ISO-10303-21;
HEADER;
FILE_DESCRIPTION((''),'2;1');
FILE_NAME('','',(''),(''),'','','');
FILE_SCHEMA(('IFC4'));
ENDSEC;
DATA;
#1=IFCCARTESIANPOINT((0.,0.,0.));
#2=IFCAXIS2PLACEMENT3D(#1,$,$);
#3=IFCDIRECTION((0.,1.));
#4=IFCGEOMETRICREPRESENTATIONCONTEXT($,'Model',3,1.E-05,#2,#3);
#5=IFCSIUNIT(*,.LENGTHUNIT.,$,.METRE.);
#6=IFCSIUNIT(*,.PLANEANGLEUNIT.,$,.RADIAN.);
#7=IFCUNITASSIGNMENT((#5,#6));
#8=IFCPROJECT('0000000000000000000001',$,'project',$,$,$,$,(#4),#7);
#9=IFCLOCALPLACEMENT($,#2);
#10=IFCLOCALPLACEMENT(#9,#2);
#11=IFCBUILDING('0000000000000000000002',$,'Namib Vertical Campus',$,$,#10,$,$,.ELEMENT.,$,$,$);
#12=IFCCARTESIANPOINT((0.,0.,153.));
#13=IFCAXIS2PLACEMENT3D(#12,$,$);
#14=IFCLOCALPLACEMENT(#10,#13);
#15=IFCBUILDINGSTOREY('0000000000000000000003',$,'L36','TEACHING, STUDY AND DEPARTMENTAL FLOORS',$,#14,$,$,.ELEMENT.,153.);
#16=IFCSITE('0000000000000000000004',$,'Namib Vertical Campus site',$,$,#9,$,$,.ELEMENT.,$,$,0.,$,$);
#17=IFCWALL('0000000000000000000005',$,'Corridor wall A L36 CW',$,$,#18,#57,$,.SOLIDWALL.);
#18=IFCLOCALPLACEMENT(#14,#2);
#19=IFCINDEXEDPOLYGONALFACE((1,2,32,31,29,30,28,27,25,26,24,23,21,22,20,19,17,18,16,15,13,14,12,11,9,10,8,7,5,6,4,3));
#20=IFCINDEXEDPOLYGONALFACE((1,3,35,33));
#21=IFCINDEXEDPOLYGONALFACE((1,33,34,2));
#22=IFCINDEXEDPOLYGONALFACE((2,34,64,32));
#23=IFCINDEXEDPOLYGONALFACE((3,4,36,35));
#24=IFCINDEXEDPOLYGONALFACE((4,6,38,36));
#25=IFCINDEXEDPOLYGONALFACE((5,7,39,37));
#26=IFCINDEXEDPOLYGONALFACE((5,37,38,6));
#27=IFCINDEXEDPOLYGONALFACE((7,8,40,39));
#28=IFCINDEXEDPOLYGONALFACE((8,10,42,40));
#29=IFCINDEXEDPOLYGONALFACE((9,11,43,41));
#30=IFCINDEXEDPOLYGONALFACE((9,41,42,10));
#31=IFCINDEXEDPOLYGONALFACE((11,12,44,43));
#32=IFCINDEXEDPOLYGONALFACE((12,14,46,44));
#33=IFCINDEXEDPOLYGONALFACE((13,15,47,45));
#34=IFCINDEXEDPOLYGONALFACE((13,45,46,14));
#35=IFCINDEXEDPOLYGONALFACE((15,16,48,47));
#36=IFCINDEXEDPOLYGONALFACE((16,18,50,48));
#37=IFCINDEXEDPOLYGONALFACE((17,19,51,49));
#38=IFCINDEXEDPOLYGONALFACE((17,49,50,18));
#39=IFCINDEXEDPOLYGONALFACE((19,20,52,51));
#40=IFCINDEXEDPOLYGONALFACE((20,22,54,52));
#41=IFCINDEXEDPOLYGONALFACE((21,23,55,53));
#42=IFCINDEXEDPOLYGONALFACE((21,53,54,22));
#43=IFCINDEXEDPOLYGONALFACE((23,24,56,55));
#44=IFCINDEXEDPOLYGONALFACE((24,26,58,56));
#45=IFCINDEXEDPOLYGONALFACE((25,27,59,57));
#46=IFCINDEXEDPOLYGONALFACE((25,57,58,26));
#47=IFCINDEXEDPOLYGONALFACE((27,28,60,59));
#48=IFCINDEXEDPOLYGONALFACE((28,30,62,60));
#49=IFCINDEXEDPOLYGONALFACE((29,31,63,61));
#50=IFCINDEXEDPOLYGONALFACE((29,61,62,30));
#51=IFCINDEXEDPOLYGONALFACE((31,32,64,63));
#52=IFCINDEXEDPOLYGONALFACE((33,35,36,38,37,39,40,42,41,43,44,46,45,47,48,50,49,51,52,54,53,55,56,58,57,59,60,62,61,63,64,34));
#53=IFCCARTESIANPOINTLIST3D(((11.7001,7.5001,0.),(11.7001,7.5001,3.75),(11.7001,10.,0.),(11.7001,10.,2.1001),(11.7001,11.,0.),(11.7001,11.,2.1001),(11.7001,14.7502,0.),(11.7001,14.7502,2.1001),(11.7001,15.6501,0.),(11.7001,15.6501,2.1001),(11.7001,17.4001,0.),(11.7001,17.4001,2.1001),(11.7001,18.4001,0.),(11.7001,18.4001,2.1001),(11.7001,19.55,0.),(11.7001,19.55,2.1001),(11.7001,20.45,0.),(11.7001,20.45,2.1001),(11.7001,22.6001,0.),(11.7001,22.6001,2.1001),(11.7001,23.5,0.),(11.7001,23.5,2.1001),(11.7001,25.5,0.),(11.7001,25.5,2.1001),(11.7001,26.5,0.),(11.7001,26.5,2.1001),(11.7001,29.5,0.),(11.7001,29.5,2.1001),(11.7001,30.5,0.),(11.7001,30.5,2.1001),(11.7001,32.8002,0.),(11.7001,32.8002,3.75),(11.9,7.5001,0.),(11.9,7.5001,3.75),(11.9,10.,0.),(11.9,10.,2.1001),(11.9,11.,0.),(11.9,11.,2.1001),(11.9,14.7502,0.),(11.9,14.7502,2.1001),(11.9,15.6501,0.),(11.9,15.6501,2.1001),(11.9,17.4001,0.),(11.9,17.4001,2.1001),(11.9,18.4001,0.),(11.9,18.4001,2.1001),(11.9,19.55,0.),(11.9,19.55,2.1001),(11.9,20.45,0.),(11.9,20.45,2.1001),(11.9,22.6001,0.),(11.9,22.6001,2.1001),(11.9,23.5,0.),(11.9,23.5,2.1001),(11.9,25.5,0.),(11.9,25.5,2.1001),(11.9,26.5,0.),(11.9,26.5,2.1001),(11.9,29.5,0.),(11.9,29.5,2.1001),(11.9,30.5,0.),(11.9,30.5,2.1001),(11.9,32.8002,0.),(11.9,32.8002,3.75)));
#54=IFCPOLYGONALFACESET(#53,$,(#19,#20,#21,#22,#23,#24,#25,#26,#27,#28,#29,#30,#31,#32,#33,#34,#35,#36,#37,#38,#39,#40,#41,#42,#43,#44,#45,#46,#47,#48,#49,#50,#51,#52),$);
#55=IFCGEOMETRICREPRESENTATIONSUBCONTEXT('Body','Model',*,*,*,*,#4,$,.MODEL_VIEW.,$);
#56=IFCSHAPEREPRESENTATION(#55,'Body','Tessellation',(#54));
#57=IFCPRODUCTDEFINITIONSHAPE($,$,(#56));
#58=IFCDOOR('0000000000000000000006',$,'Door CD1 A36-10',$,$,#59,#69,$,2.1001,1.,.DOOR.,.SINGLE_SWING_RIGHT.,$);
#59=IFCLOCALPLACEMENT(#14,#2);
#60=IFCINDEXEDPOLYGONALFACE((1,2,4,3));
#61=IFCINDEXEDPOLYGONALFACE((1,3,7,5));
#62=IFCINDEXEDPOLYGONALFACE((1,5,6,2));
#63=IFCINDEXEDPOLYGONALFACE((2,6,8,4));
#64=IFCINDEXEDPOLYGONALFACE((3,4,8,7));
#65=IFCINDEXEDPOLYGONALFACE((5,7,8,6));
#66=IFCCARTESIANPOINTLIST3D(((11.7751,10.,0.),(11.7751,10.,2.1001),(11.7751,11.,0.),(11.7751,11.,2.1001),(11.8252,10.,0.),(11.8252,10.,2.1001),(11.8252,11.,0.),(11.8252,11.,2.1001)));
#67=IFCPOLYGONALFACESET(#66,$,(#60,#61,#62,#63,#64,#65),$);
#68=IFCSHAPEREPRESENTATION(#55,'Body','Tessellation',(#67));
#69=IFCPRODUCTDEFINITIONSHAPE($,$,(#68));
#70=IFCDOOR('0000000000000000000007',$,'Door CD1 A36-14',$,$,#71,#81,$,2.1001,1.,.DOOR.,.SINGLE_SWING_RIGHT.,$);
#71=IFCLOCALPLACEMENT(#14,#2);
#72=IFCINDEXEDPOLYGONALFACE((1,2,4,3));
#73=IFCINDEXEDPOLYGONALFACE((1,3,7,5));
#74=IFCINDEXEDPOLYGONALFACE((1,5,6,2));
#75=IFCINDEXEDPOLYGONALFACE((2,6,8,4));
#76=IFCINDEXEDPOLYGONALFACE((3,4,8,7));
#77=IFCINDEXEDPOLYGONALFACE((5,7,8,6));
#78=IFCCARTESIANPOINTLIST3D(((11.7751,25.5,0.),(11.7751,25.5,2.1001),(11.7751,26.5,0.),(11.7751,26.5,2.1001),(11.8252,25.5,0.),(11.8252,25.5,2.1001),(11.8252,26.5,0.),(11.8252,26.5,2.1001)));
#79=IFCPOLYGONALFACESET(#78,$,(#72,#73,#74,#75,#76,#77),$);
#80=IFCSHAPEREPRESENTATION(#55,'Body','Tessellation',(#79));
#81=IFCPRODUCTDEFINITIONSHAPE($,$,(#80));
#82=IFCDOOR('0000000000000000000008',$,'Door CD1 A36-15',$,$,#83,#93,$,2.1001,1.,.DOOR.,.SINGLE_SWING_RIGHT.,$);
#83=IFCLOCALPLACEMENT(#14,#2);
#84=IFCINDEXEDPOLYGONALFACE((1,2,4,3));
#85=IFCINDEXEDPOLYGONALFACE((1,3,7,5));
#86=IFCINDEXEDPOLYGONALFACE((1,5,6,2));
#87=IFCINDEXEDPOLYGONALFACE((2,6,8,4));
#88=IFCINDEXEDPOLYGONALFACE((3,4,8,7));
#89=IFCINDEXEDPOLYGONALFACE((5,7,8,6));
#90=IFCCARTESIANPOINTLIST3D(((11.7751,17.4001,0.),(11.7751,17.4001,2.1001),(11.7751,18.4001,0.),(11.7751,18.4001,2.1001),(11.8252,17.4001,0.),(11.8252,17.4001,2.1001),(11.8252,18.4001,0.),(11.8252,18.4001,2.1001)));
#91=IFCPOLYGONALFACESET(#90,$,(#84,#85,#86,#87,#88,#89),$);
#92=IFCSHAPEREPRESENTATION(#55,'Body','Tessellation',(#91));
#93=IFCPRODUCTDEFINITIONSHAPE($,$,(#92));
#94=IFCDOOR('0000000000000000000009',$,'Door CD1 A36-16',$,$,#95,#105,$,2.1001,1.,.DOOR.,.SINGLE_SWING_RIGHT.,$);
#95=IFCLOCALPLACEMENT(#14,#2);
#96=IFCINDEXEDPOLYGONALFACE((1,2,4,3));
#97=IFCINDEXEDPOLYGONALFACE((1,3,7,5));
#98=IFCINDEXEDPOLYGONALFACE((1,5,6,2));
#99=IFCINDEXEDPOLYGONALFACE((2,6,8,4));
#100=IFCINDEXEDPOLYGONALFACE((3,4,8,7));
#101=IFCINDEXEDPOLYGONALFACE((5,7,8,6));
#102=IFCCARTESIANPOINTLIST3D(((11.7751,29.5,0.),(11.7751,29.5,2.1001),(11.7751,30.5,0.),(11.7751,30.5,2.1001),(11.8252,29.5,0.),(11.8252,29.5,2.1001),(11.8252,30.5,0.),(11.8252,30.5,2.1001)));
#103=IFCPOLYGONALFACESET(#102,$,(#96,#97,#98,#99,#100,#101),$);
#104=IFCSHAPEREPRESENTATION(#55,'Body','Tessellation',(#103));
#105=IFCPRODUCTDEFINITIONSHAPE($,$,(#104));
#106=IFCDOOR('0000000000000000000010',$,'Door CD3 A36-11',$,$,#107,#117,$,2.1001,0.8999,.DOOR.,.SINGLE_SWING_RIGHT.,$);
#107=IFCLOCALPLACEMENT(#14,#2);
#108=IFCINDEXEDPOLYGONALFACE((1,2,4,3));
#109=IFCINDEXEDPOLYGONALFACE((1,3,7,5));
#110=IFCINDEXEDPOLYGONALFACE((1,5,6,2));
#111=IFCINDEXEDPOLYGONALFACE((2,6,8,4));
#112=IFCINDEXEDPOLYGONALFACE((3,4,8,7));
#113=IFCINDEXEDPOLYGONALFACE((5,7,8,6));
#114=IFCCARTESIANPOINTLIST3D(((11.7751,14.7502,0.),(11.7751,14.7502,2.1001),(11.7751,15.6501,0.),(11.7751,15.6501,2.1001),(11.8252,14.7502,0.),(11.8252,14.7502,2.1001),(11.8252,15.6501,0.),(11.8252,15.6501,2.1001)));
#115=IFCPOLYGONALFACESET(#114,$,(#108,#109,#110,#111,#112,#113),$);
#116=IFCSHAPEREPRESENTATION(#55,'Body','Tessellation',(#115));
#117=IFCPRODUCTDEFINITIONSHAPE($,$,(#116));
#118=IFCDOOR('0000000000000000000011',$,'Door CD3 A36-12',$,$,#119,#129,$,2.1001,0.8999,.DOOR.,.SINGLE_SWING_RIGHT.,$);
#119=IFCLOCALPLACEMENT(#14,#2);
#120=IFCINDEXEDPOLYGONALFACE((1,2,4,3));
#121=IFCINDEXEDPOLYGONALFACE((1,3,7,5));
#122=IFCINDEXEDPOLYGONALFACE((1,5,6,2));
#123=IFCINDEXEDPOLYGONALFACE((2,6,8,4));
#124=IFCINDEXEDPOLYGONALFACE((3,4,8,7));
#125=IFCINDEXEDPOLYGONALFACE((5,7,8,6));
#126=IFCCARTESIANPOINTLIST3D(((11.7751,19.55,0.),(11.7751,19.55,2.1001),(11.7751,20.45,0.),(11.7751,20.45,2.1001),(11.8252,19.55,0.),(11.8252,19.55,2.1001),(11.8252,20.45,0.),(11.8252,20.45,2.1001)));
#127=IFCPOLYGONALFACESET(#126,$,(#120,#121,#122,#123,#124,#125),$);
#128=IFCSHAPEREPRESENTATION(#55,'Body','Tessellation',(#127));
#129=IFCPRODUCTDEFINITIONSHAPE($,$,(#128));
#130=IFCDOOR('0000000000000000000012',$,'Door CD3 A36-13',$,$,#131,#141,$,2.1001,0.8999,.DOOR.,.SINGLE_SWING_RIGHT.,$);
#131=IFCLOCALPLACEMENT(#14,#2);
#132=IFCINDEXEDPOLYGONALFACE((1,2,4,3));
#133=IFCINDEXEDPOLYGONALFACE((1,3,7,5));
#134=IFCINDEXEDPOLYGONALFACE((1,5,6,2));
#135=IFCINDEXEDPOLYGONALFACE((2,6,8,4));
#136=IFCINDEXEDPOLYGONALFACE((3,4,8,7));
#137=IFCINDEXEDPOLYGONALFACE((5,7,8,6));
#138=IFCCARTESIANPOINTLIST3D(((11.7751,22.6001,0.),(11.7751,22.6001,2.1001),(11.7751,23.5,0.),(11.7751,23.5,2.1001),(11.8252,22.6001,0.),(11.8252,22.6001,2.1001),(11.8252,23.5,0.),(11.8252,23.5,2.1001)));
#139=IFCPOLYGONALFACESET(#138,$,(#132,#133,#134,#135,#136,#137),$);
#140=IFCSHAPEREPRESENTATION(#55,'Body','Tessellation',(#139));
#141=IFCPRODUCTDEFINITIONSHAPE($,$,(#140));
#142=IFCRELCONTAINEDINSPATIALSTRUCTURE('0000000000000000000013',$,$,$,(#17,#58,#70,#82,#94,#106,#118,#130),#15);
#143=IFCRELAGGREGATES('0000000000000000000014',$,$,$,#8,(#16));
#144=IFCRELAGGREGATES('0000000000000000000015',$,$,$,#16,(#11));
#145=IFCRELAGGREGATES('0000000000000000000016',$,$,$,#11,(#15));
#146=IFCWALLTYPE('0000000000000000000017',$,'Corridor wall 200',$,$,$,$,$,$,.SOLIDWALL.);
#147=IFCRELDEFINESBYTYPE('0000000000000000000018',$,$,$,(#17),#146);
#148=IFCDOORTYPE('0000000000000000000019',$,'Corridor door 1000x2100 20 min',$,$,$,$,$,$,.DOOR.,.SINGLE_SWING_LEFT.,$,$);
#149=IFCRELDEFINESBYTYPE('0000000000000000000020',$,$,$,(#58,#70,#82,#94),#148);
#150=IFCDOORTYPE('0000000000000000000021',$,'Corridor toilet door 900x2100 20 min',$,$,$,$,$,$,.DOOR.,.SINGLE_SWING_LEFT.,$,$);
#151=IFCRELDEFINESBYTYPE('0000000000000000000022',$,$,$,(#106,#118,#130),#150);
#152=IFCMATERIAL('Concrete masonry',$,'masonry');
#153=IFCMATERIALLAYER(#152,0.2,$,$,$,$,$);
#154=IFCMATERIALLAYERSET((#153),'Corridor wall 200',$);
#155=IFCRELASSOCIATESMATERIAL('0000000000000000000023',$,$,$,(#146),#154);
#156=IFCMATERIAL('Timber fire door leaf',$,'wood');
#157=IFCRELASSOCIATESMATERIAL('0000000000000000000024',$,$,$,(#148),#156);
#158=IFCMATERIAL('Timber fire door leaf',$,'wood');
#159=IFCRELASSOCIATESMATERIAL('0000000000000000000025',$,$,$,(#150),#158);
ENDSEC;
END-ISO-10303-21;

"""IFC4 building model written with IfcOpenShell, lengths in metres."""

from ifc_helpers import new_model, si_unit, direction, frame, frame_2d, origin, place, context, subcontext, project, spatial, rectangle, extrude, material, layer, layer_set, type_object, element, fill, save


model = new_model("IFC4")

# Units and contexts
model_context = context("Model", 3, precision=1e-05, world=origin(), true_north=direction((0.0, 1.0)))
body_context = subcontext(model_context, "Body", "Model", "MODEL_VIEW")
ifc_project = project(units=[si_unit("LENGTHUNIT", "METRE"), si_unit("PLANEANGLEUNIT", "RADIAN")], contexts=[model_context])

# Site, building, storey
site_placement = place(None, origin())
site = spatial("IfcSite", under=ifc_project, at=site_placement, Name="Namib Vertical Campus site", CompositionType="ELEMENT", RefElevation=0.0)
building_placement = place(site_placement, origin())
building = spatial("IfcBuilding", under=site, at=building_placement, Name="Namib Vertical Campus", CompositionType="ELEMENT")
storey_placement = place(building_placement, frame((0.0, 0.0, 153.0)))
storey = spatial("IfcBuildingStorey", under=building, at=storey_placement, Name="L36", Description="TEACHING, STUDY AND DEPARTMENTAL FLOORS", CompositionType="ELEMENT", Elevation=153.0)

# Wall, openings, doors
ifc_material_1 = material(Name="Concrete masonry", Category="masonry")
ifc_layer_1 = layer(ifc_material_1, 0.2)
ifc_layer_set_1 = layer_set([ifc_layer_1], Name="Corridor wall 200")
wall_type_1 = type_object("IfcWallType", Name="Corridor wall 200", PredefinedType="SOLIDWALL", material=ifc_layer_set_1)
wall_1_placement = place(storey_placement, frame((11.8, 32.8, 0.0), z_axis=(0.0, 0.0, 1.0), x_axis=(0.0, -1.0, 0.0)))
wall_1 = element("IfcWall", 1, at=wall_1_placement, inside=storey, type_object=wall_type_1, Name="Corridor wall A L36 CW", PredefinedType="SOLIDWALL", context=body_context, shape_type="SweptSolid", body=[
    extrude(rectangle(XDim=25.3, YDim=0.2, at=frame_2d((12.6499, 0.0))), origin(), (0.0, 0.0, 1.0), 3.75),
])
opening_1_placement = place(wall_1_placement, frame((21.8, 0.0, 0.0)))
opening_1 = element("IfcOpeningElement", 2, at=opening_1_placement, cuts=wall_1, PredefinedType="OPENING", context=body_context, shape_type="SweptSolid", body=[
    extrude(rectangle(XDim=1.0, YDim=2.1001, at=frame_2d((0.5, 1.05))), frame((0.0, 0.1099, 0.0), z_axis=(0.0, -1.0, 0.0), x_axis=(1.0, 0.0, 0.0)), (0.0, 0.0, 1.0), 0.22),
])
opening_2_placement = place(wall_1_placement, frame((17.1499, 0.0, 0.0)))
opening_2 = element("IfcOpeningElement", 3, at=opening_2_placement, cuts=wall_1, PredefinedType="OPENING", context=body_context, shape_type="SweptSolid", body=[
    extrude(rectangle(XDim=0.8999, YDim=2.1001, at=frame_2d((0.45, 1.05))), frame((0.0, 0.1099, 0.0), z_axis=(0.0, -1.0, 0.0), x_axis=(1.0, 0.0, 0.0)), (0.0, 0.0, 1.0), 0.22),
])
opening_3_placement = place(wall_1_placement, frame((12.3501, 0.0, 0.0)))
opening_3 = element("IfcOpeningElement", 4, at=opening_3_placement, cuts=wall_1, PredefinedType="OPENING", context=body_context, shape_type="SweptSolid", body=[
    extrude(rectangle(XDim=0.8999, YDim=2.1001, at=frame_2d((0.45, 1.05))), frame((0.0, 0.1099, 0.0), z_axis=(0.0, -1.0, 0.0), x_axis=(1.0, 0.0, 0.0)), (0.0, 0.0, 1.0), 0.22),
])
opening_4_placement = place(wall_1_placement, frame((9.3, 0.0, 0.0)))
opening_4 = element("IfcOpeningElement", 5, at=opening_4_placement, cuts=wall_1, PredefinedType="OPENING", context=body_context, shape_type="SweptSolid", body=[
    extrude(rectangle(XDim=0.8999, YDim=2.1001, at=frame_2d((0.45, 1.05))), frame((0.0, 0.1099, 0.0), z_axis=(0.0, -1.0, 0.0), x_axis=(1.0, 0.0, 0.0)), (0.0, 0.0, 1.0), 0.22),
])
opening_5_placement = place(wall_1_placement, frame((6.3, 0.0, 0.0)))
opening_5 = element("IfcOpeningElement", 6, at=opening_5_placement, cuts=wall_1, PredefinedType="OPENING", context=body_context, shape_type="SweptSolid", body=[
    extrude(rectangle(XDim=1.0, YDim=2.1001, at=frame_2d((0.5, 1.05))), frame((0.0, 0.1099, 0.0), z_axis=(0.0, -1.0, 0.0), x_axis=(1.0, 0.0, 0.0)), (0.0, 0.0, 1.0), 0.22),
])
opening_6_placement = place(wall_1_placement, frame((14.3999, 0.0, 0.0)))
opening_6 = element("IfcOpeningElement", 7, at=opening_6_placement, cuts=wall_1, PredefinedType="OPENING", context=body_context, shape_type="SweptSolid", body=[
    extrude(rectangle(XDim=1.0, YDim=2.1001, at=frame_2d((0.5, 1.05))), frame((0.0, 0.1099, 0.0), z_axis=(0.0, -1.0, 0.0), x_axis=(1.0, 0.0, 0.0)), (0.0, 0.0, 1.0), 0.22),
])
opening_7_placement = place(wall_1_placement, frame((2.3, 0.0, 0.0)))
opening_7 = element("IfcOpeningElement", 8, at=opening_7_placement, cuts=wall_1, PredefinedType="OPENING", context=body_context, shape_type="SweptSolid", body=[
    extrude(rectangle(XDim=1.0, YDim=2.1001, at=frame_2d((0.5, 1.05))), frame((0.0, 0.1099, 0.0), z_axis=(0.0, -1.0, 0.0), x_axis=(1.0, 0.0, 0.0)), (0.0, 0.0, 1.0), 0.22),
])
ifc_material_2 = material(Name="Timber fire door leaf", Category="wood")
door_type_1 = type_object("IfcDoorType", Name="Corridor door 1000x2100 20 min", OperationType="SINGLE_SWING_LEFT", PredefinedType="DOOR", material=ifc_material_2)
door_1_placement = place(opening_1_placement, frame((1.0, 0.0, 0.0), z_axis=(0.0, 0.0, 1.0), x_axis=(-1.0, 0.0, 0.0)))
door_1 = element("IfcDoor", 9, at=door_1_placement, inside=storey, type_object=door_type_1, Name="Door CD1 A36-10", OperationType="SINGLE_SWING_RIGHT", OverallHeight=2.1001, OverallWidth=1.0, PredefinedType="DOOR", context=body_context, shape_type="SweptSolid", body=[
    extrude(rectangle(XDim=1.0, YDim=2.1001, at=frame_2d((0.5, 1.05))), frame((0.0, 0.0249, 0.0), z_axis=(0.0, -1.0, 0.0), x_axis=(1.0, 0.0, 0.0)), (0.0, 0.0, 1.0), 0.05),
])
fill(opening_1, door_1)
door_2_placement = place(opening_5_placement, frame((1.0, 0.0, 0.0), z_axis=(0.0, 0.0, 1.0), x_axis=(-1.0, 0.0, 0.0)))
door_2 = element("IfcDoor", 10, at=door_2_placement, inside=storey, type_object=door_type_1, Name="Door CD1 A36-14", OperationType="SINGLE_SWING_RIGHT", OverallHeight=2.1001, OverallWidth=1.0, PredefinedType="DOOR", context=body_context, shape_type="SweptSolid", body=[
    extrude(rectangle(XDim=1.0, YDim=2.1001, at=frame_2d((0.5, 1.05))), frame((0.0, 0.0249, 0.0), z_axis=(0.0, -1.0, 0.0), x_axis=(1.0, 0.0, 0.0)), (0.0, 0.0, 1.0), 0.05),
])
fill(opening_5, door_2)
door_3_placement = place(opening_6_placement, frame((1.0, 0.0, 0.0), z_axis=(0.0, 0.0, 1.0), x_axis=(-1.0, 0.0, 0.0)))
door_3 = element("IfcDoor", 11, at=door_3_placement, inside=storey, type_object=door_type_1, Name="Door CD1 A36-15", OperationType="SINGLE_SWING_RIGHT", OverallHeight=2.1001, OverallWidth=1.0, PredefinedType="DOOR", context=body_context, shape_type="SweptSolid", body=[
    extrude(rectangle(XDim=1.0, YDim=2.1001, at=frame_2d((0.5, 1.05))), frame((0.0, 0.0249, 0.0), z_axis=(0.0, -1.0, 0.0), x_axis=(1.0, 0.0, 0.0)), (0.0, 0.0, 1.0), 0.05),
])
fill(opening_6, door_3)
door_4_placement = place(opening_7_placement, frame((1.0, 0.0, 0.0), z_axis=(0.0, 0.0, 1.0), x_axis=(-1.0, 0.0, 0.0)))
door_4 = element("IfcDoor", 12, at=door_4_placement, inside=storey, type_object=door_type_1, Name="Door CD1 A36-16", OperationType="SINGLE_SWING_RIGHT", OverallHeight=2.1001, OverallWidth=1.0, PredefinedType="DOOR", context=body_context, shape_type="SweptSolid", body=[
    extrude(rectangle(XDim=1.0, YDim=2.1001, at=frame_2d((0.5, 1.05))), frame((0.0, 0.0249, 0.0), z_axis=(0.0, -1.0, 0.0), x_axis=(1.0, 0.0, 0.0)), (0.0, 0.0, 1.0), 0.05),
])
fill(opening_7, door_4)
ifc_material_3 = material(Name="Timber fire door leaf", Category="wood")
door_type_2 = type_object("IfcDoorType", Name="Corridor toilet door 900x2100 20 min", OperationType="SINGLE_SWING_LEFT", PredefinedType="DOOR", material=ifc_material_3)
door_5_placement = place(opening_2_placement, frame((0.8999, 0.0, 0.0), z_axis=(0.0, 0.0, 1.0), x_axis=(-1.0, 0.0, 0.0)))
door_5 = element("IfcDoor", 13, at=door_5_placement, inside=storey, type_object=door_type_2, Name="Door CD3 A36-11", OperationType="SINGLE_SWING_RIGHT", OverallHeight=2.1001, OverallWidth=0.8999, PredefinedType="DOOR", context=body_context, shape_type="SweptSolid", body=[
    extrude(rectangle(XDim=0.8999, YDim=2.1001, at=frame_2d((0.45, 1.05))), frame((0.0, 0.0249, 0.0), z_axis=(0.0, -1.0, 0.0), x_axis=(1.0, 0.0, 0.0)), (0.0, 0.0, 1.0), 0.05),
])
fill(opening_2, door_5)
door_6_placement = place(opening_3_placement, frame((0.8999, 0.0, 0.0), z_axis=(0.0, 0.0, 1.0), x_axis=(-1.0, 0.0, 0.0)))
door_6 = element("IfcDoor", 14, at=door_6_placement, inside=storey, type_object=door_type_2, Name="Door CD3 A36-12", OperationType="SINGLE_SWING_RIGHT", OverallHeight=2.1001, OverallWidth=0.8999, PredefinedType="DOOR", context=body_context, shape_type="SweptSolid", body=[
    extrude(rectangle(XDim=0.8999, YDim=2.1001, at=frame_2d((0.45, 1.05))), frame((0.0, 0.0249, 0.0), z_axis=(0.0, -1.0, 0.0), x_axis=(1.0, 0.0, 0.0)), (0.0, 0.0, 1.0), 0.05),
])
fill(opening_3, door_6)
door_7_placement = place(opening_4_placement, frame((0.8999, 0.0, 0.0), z_axis=(0.0, 0.0, 1.0), x_axis=(-1.0, 0.0, 0.0)))
door_7 = element("IfcDoor", 15, at=door_7_placement, inside=storey, type_object=door_type_2, Name="Door CD3 A36-13", OperationType="SINGLE_SWING_RIGHT", OverallHeight=2.1001, OverallWidth=0.8999, PredefinedType="DOOR", context=body_context, shape_type="SweptSolid", body=[
    extrude(rectangle(XDim=0.8999, YDim=2.1001, at=frame_2d((0.45, 1.05))), frame((0.0, 0.0249, 0.0), z_axis=(0.0, -1.0, 0.0), x_axis=(1.0, 0.0, 0.0)), (0.0, 0.0, 1.0), 0.05),
])
fill(opening_4, door_7)

save(model, "model.ifc")
